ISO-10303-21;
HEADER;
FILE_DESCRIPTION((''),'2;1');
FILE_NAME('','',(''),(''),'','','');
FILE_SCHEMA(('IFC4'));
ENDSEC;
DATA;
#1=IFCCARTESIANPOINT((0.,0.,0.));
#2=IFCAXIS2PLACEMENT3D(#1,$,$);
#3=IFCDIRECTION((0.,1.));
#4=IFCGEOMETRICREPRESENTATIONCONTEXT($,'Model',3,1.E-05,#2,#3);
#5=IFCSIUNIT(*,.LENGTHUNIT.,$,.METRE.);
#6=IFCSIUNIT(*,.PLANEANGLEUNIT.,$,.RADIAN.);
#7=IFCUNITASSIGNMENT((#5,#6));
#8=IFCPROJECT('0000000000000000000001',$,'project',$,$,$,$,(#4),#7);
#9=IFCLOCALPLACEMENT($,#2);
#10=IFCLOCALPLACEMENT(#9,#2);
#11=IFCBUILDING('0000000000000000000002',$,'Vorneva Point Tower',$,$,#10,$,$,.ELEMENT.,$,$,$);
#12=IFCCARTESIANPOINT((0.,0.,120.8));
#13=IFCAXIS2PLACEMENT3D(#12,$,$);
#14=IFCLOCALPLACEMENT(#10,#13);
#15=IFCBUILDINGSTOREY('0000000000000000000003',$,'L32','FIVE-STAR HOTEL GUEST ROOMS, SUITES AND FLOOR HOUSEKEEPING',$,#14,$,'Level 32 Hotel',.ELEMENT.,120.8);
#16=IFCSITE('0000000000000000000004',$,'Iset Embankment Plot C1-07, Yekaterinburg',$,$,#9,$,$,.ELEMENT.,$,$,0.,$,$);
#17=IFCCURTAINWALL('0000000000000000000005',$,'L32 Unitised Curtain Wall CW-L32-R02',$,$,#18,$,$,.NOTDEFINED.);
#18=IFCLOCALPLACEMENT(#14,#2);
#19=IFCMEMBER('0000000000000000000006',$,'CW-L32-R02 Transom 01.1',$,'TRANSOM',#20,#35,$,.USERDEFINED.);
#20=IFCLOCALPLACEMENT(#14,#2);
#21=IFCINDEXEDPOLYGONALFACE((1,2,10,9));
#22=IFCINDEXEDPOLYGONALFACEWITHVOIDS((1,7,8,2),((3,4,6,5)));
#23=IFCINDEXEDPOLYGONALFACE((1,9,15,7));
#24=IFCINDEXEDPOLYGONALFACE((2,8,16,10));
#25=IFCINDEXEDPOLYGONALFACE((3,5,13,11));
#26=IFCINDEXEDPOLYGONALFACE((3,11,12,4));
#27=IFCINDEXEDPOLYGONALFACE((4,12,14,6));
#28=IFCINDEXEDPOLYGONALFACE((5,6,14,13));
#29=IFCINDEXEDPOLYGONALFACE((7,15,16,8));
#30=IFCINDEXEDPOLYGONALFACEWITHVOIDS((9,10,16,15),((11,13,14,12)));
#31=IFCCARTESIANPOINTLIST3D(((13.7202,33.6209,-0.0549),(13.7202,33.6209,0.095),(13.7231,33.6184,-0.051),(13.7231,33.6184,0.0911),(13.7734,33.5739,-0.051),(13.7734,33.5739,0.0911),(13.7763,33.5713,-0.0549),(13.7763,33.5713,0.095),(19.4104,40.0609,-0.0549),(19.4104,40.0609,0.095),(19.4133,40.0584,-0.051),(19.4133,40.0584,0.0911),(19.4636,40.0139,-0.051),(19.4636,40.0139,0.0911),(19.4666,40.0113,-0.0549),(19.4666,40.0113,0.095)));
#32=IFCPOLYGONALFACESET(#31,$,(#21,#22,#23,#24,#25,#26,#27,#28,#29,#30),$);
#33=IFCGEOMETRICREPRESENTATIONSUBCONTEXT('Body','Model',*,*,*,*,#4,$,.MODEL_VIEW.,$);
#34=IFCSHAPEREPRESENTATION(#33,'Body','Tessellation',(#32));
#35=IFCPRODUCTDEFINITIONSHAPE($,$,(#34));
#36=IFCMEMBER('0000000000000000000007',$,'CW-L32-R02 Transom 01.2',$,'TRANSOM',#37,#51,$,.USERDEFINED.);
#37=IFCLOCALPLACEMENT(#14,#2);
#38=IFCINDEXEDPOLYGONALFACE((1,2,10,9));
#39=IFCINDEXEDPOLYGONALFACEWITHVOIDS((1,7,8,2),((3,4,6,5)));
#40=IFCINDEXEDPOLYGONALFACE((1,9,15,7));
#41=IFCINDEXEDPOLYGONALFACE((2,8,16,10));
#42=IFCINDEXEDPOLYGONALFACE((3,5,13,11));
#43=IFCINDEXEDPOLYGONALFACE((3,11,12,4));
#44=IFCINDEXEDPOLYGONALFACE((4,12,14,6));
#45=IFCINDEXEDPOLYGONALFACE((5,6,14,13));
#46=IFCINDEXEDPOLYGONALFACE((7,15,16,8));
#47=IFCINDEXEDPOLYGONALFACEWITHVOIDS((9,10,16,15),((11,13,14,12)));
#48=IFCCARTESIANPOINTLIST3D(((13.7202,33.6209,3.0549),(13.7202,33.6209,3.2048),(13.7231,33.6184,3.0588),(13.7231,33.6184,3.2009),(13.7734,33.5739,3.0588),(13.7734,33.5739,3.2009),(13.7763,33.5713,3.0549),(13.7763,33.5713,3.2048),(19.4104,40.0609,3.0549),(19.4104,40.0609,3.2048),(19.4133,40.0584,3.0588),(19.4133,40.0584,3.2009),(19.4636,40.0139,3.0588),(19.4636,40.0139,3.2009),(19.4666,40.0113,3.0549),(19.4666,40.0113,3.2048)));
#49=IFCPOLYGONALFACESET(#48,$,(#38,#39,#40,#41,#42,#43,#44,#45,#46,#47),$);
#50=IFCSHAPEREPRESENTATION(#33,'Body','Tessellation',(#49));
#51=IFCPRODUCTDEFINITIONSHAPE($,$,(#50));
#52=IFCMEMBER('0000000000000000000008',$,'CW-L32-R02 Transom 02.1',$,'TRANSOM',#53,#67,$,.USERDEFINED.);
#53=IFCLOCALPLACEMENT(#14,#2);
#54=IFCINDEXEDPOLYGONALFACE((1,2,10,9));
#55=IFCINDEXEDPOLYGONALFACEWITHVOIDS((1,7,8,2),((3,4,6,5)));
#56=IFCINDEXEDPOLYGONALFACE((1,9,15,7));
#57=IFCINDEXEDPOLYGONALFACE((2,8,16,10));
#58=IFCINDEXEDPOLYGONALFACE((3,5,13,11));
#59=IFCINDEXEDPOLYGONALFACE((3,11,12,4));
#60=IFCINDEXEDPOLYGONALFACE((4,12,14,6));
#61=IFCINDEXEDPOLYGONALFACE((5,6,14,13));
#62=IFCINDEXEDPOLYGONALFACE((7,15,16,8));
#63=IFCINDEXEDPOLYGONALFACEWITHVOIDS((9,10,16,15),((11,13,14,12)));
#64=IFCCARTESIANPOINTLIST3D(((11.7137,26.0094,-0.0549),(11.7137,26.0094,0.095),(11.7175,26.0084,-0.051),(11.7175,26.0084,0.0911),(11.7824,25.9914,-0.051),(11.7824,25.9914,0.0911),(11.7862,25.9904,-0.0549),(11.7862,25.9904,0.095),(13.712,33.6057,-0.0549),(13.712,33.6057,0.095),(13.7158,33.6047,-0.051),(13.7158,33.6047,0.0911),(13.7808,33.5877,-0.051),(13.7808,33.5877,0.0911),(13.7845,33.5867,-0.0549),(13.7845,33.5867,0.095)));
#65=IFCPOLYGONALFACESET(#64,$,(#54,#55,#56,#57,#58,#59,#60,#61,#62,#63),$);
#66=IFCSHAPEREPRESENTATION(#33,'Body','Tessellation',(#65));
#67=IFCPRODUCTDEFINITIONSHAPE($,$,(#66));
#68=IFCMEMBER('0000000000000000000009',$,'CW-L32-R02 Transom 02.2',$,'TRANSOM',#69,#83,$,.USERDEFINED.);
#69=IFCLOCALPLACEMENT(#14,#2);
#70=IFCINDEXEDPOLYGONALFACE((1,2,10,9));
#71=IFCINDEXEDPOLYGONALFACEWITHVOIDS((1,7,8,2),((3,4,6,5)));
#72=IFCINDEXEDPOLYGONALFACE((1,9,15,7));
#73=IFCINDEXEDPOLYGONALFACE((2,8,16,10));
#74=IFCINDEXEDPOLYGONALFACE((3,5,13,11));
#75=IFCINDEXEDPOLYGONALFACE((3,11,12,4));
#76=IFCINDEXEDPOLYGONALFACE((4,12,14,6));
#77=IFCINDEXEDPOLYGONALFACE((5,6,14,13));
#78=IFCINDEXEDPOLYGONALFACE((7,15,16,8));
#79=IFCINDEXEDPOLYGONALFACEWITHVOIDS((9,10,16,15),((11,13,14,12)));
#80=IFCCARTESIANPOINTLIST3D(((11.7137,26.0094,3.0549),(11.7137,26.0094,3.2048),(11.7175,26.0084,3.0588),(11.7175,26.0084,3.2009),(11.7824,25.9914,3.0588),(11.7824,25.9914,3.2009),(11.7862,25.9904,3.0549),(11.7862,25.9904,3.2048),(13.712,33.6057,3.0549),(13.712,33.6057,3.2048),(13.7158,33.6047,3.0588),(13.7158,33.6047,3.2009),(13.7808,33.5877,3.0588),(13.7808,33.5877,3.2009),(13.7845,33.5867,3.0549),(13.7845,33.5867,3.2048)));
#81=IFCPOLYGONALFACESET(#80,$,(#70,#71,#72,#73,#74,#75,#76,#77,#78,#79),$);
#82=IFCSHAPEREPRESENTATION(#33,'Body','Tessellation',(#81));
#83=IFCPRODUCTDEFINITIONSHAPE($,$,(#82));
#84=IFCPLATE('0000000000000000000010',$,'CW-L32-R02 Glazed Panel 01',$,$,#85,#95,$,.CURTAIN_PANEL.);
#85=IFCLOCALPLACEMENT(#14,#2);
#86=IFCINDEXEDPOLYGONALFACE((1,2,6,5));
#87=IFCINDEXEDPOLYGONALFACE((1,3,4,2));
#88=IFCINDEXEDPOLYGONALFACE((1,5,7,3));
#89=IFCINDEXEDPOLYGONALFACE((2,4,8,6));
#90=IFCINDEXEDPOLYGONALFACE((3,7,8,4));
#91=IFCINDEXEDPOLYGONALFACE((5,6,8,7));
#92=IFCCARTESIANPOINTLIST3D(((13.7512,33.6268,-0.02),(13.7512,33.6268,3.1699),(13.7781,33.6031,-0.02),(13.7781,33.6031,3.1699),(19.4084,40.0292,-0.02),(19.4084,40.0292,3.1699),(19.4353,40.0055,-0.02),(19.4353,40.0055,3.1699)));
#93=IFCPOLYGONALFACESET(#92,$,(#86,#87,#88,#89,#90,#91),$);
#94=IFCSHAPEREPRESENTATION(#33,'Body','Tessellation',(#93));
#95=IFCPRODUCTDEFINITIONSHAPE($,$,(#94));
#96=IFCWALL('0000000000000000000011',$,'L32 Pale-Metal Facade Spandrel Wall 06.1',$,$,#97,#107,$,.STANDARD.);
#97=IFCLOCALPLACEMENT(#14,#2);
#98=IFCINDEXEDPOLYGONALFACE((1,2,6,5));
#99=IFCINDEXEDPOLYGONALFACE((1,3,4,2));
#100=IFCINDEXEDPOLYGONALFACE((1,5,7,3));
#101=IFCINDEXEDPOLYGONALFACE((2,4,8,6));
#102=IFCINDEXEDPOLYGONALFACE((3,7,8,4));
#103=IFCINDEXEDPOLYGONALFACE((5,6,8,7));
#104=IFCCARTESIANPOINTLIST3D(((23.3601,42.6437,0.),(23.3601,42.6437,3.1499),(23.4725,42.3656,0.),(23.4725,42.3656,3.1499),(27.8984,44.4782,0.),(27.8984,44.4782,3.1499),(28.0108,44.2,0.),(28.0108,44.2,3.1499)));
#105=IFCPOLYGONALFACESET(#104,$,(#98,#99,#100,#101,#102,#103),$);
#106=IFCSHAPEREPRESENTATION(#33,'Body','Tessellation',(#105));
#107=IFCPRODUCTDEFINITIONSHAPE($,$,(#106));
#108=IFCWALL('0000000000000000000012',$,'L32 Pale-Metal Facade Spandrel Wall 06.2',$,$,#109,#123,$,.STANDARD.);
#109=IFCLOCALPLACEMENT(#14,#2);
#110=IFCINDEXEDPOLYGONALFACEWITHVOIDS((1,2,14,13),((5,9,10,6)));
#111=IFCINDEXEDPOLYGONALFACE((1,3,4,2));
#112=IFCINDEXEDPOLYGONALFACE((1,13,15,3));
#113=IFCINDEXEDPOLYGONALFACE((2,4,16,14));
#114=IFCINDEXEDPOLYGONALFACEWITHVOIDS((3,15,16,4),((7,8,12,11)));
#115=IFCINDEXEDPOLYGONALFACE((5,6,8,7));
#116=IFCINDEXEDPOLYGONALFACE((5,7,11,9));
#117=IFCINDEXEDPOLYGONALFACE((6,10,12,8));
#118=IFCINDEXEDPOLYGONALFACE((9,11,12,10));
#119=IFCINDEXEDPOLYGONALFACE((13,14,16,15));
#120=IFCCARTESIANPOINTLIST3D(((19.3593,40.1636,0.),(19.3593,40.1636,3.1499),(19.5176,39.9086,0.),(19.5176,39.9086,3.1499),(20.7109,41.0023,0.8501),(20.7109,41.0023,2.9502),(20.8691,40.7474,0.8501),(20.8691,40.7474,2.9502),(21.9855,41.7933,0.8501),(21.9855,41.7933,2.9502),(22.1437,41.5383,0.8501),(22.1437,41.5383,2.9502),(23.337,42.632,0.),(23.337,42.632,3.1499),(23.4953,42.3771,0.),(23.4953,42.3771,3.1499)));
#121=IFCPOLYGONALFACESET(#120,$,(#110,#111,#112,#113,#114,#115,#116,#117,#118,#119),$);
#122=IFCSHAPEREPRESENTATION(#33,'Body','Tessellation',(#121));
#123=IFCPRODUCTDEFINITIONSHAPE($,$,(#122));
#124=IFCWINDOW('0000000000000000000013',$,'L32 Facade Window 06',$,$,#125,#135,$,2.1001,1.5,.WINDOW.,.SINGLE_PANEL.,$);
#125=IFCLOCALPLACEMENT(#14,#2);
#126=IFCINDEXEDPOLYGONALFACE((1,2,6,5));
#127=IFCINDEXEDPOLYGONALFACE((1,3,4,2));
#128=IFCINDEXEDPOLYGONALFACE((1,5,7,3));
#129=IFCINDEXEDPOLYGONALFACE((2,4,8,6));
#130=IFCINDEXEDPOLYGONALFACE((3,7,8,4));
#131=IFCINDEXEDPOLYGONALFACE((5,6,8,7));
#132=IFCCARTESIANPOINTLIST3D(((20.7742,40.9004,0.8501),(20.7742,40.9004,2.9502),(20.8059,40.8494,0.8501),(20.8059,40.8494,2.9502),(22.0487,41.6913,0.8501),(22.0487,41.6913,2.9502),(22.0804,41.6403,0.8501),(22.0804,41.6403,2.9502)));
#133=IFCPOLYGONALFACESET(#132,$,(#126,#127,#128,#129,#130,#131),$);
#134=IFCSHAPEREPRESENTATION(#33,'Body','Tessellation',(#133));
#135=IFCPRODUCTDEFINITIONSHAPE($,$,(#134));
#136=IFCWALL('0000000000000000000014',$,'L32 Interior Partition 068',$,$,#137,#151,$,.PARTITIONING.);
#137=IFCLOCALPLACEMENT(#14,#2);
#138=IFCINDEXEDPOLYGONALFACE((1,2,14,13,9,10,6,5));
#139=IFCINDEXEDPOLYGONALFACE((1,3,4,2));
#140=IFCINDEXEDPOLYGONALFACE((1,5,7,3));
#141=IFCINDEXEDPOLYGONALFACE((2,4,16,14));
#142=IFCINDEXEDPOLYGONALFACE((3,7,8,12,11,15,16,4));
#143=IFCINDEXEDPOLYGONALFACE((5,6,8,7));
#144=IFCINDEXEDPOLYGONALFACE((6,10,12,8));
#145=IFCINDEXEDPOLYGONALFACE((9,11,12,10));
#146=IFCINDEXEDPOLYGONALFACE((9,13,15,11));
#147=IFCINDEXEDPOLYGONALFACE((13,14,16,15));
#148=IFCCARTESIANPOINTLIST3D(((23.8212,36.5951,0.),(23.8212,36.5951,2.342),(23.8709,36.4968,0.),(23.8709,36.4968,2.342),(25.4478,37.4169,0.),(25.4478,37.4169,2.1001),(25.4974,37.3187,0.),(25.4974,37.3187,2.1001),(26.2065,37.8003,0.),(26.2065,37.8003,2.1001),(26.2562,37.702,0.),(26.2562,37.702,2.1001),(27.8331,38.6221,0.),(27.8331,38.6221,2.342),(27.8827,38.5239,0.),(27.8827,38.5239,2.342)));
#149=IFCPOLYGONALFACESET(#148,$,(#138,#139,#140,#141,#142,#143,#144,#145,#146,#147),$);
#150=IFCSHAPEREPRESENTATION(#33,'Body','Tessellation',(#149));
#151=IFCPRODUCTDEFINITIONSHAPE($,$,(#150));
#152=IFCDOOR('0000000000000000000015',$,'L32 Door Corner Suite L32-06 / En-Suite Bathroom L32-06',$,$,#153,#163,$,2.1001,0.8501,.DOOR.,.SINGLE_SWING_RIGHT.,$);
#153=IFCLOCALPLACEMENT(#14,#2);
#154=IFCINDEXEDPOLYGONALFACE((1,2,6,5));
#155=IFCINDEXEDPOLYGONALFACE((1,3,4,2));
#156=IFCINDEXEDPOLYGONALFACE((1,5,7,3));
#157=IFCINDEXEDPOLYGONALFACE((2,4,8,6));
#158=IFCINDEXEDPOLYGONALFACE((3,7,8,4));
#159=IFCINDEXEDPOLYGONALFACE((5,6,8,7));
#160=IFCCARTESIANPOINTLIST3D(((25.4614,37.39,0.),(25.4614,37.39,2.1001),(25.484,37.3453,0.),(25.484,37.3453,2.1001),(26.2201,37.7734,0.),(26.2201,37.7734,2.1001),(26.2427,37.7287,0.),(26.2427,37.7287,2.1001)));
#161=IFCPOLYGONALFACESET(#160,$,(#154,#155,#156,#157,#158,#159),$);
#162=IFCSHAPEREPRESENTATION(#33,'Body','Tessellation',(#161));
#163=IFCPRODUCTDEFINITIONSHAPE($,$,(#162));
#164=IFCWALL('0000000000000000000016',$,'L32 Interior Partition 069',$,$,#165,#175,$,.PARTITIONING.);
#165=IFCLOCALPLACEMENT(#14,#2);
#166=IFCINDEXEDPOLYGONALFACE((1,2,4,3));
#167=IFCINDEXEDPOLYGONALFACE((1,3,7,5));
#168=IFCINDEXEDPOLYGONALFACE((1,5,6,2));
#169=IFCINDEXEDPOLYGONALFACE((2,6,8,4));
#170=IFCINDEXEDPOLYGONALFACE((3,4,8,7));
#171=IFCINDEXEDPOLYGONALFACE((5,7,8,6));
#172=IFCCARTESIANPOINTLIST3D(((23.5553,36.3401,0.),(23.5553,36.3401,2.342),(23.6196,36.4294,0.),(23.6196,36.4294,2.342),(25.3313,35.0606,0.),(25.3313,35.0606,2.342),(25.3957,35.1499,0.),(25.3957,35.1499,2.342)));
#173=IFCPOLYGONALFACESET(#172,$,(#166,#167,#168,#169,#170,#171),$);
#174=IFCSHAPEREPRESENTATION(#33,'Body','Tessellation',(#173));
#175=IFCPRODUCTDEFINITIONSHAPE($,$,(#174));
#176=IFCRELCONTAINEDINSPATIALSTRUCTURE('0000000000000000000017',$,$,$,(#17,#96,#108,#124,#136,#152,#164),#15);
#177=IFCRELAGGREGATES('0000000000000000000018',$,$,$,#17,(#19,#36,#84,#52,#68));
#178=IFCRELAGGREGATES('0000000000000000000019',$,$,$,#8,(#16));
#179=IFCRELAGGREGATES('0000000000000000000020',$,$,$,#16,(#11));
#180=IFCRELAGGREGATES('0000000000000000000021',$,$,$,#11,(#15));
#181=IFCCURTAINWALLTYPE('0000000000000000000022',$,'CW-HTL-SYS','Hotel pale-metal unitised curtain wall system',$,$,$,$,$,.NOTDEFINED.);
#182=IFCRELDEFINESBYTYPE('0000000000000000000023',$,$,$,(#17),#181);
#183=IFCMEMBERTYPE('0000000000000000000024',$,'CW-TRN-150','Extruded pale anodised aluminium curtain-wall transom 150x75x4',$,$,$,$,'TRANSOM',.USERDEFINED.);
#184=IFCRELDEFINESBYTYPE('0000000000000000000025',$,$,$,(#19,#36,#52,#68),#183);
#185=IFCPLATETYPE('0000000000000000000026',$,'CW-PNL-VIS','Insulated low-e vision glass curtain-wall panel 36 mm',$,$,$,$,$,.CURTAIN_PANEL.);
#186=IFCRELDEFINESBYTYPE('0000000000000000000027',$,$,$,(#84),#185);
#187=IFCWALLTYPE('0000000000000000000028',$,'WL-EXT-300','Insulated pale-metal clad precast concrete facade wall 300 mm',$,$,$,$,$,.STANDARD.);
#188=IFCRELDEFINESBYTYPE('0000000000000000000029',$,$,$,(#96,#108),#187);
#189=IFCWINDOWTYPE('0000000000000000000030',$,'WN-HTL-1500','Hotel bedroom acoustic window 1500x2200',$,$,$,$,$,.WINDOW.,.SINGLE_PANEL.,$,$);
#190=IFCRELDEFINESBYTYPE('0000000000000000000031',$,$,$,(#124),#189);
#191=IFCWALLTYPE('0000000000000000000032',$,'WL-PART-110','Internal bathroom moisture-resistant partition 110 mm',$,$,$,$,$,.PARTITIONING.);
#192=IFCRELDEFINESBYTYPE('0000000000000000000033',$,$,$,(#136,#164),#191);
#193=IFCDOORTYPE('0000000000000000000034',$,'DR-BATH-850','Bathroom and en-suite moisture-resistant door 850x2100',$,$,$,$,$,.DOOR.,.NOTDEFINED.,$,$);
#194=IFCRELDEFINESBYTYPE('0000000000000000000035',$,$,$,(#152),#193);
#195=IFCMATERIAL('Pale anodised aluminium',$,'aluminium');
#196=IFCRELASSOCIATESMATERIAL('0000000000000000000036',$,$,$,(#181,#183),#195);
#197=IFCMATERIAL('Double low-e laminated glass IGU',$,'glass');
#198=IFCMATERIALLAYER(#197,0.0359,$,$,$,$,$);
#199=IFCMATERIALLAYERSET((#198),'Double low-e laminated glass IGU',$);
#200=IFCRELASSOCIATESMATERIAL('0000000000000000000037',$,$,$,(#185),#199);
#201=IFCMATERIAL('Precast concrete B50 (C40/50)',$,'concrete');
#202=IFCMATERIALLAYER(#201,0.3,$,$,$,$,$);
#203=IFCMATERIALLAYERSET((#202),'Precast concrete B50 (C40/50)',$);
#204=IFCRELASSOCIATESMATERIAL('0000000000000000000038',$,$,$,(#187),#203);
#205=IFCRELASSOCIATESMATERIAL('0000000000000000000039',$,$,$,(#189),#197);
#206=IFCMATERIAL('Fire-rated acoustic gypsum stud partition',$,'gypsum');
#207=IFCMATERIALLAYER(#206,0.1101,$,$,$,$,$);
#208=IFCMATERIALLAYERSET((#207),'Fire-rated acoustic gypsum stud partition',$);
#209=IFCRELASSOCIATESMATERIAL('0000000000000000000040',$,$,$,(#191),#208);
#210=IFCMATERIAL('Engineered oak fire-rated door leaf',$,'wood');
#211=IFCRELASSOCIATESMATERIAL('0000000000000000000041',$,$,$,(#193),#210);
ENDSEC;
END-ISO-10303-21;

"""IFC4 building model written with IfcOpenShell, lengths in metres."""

from ifc_helpers import new_model, si_unit, direction, frame, frame_2d, origin, origin_2d, place, context, subcontext, project, spatial, rectangle, hollow_rectangle, extrude, material, layer, layer_set, material_profile, profile_set, type_object, element, fill, aggregate, save


model = new_model("IFC4")

# Units and contexts
model_context = context("Model", 3, precision=1e-05, world=origin(), true_north=direction((0.0, 1.0)))
body_context = subcontext(model_context, "Body", "Model", "MODEL_VIEW")
ifc_project = project(units=[si_unit("LENGTHUNIT", "METRE"), si_unit("PLANEANGLEUNIT", "RADIAN")], contexts=[model_context])

# Site, building, storey
site_placement = place(None, origin())
site = spatial("IfcSite", under=ifc_project, at=site_placement, Name="Iset Embankment Plot C1-07, Yekaterinburg", CompositionType="ELEMENT", RefElevation=0.0)
building_placement = place(site_placement, origin())
building = spatial("IfcBuilding", under=site, at=building_placement, Name="Vorneva Point Tower", CompositionType="ELEMENT")
storey_placement = place(building_placement, frame((0.0, 0.0, 120.8)))
storey = spatial("IfcBuildingStorey", under=building, at=storey_placement, Name="L32", Description="FIVE-STAR HOTEL GUEST ROOMS, SUITES AND FLOOR HOUSEKEEPING", LongName="Level 32 Hotel", CompositionType="ELEMENT", Elevation=120.8)

# Shared definitions
ifc_material_1 = material(Name="Pale anodised aluminium", Category="aluminium")
curtain_wall_type = type_object("IfcCurtainWallType", Name="CW-HTL-SYS", Description="Hotel pale-metal unitised curtain wall system", PredefinedType="NOTDEFINED", material=ifc_material_1)

# Curtain wall, members, plate
curtain_wall_1_placement = place(storey_placement, origin())
curtain_wall_1 = element("IfcCurtainWall", 1, at=curtain_wall_1_placement, inside=storey, type_object=curtain_wall_type, Name="L32 Unitised Curtain Wall CW-L32-R02", PredefinedType="NOTDEFINED")
ifc_material_profile_1 = material_profile(ifc_material_1, hollow_rectangle(XDim=0.075, YDim=0.1499, WallThickness=0.0039, at=origin_2d()), Name="AL-TRN 150x75x4")
ifc_profile_set_1 = profile_set([ifc_material_profile_1], Name="Pale anodised aluminium")
member_type_1 = type_object("IfcMemberType", Name="CW-TRN-150", Description="Extruded pale anodised aluminium curtain-wall transom 150x75x4", ElementType="TRANSOM", PredefinedType="USERDEFINED", material=ifc_profile_set_1)
member_1_placement = place(storey_placement, frame((19.4385, 40.0361, 0.02), z_axis=(-0.662137, -0.749383, 0.0), x_axis=(0.749383, -0.662137, 0.0)))
member_1 = element("IfcMember", 2, at=member_1_placement, type_object=member_type_1, Name="CW-L32-R02 Transom 01.1", ObjectType="TRANSOM", PredefinedType="USERDEFINED", context=body_context, shape_type="SweptSolid", body=[
    extrude(hollow_rectangle(XDim=0.075, YDim=0.1499, WallThickness=0.0039, at=origin_2d()), origin(), (0.0, 0.0, 1.0), 8.5938),
])
member_2_placement = place(storey_placement, frame((19.4385, 40.0361, 3.1299), z_axis=(-0.662137, -0.749383, 0.0), x_axis=(0.749383, -0.662137, 0.0)))
member_2 = element("IfcMember", 3, at=member_2_placement, type_object=member_type_1, Name="CW-L32-R02 Transom 01.2", ObjectType="TRANSOM", PredefinedType="USERDEFINED", context=body_context, shape_type="SweptSolid", body=[
    extrude(hollow_rectangle(XDim=0.075, YDim=0.1499, WallThickness=0.0039, at=origin_2d()), origin(), (0.0, 0.0, 1.0), 8.5938),
])
member_3_placement = place(storey_placement, frame((13.7483, 33.5962, 0.02), z_axis=(-0.254409, -0.967097, 0.0), x_axis=(0.967097, -0.254409, 0.0)))
member_3 = element("IfcMember", 4, at=member_3_placement, type_object=member_type_1, Name="CW-L32-R02 Transom 02.1", ObjectType="TRANSOM", PredefinedType="USERDEFINED", context=body_context, shape_type="SweptSolid", body=[
    extrude(hollow_rectangle(XDim=0.075, YDim=0.1499, WallThickness=0.0039, at=origin_2d()), origin(), (0.0, 0.0, 1.0), 7.8547),
])
member_4_placement = place(storey_placement, frame((13.7483, 33.5962, 3.1299), z_axis=(-0.254409, -0.967097, 0.0), x_axis=(0.967097, -0.254409, 0.0)))
member_4 = element("IfcMember", 5, at=member_4_placement, type_object=member_type_1, Name="CW-L32-R02 Transom 02.2", ObjectType="TRANSOM", PredefinedType="USERDEFINED", context=body_context, shape_type="SweptSolid", body=[
    extrude(hollow_rectangle(XDim=0.075, YDim=0.1499, WallThickness=0.0039, at=origin_2d()), origin(), (0.0, 0.0, 1.0), 7.8547),
])
ifc_material_2 = material(Name="Double low-e laminated glass IGU", Category="glass")
ifc_layer_1 = layer(ifc_material_2, 0.0359)
ifc_layer_set_1 = layer_set([ifc_layer_1], Name="Double low-e laminated glass IGU")
plate_type = type_object("IfcPlateType", Name="CW-PNL-VIS", Description="Insulated low-e vision glass curtain-wall panel 36 mm", PredefinedType="CURTAIN_PANEL", material=ifc_layer_set_1)
plate_placement = place(storey_placement, frame((16.5933, 36.8162, -0.02), z_axis=(0.0, 0.0, 1.0), x_axis=(-0.662149, -0.749372, 0.0)))
plate = element("IfcPlate", 6, at=plate_placement, type_object=plate_type, Name="CW-L32-R02 Glazed Panel 01", PredefinedType="CURTAIN_PANEL", context=body_context, shape_type="SweptSolid", body=[
    extrude(rectangle(XDim=8.5437, YDim=0.0359, at=origin_2d()), origin(), (0.0, 0.0, 1.0), 3.1899),
])
aggregate(curtain_wall_1, [member_1, member_2, plate, member_3, member_4])

# Wall
ifc_material_3 = material(Name="Precast concrete B50 (C40/50)", Category="concrete")
ifc_layer_2 = layer(ifc_material_3, 0.3)
ifc_layer_set_2 = layer_set([ifc_layer_2], Name="Precast concrete B50 (C40/50)")
wall_type_1 = type_object("IfcWallType", Name="WL-EXT-300", Description="Insulated pale-metal clad precast concrete facade wall 300 mm", PredefinedType="STANDARD", material=ifc_layer_set_2)
wall_1_placement = place(storey_placement, frame((27.9546, 44.3391, 0.0), z_axis=(0.0, 0.0, 1.0), x_axis=(-0.927122, -0.374759, 0.0)))
element("IfcWall", 7, at=wall_1_placement, inside=storey, type_object=wall_type_1, Name="L32 Pale-Metal Facade Spandrel Wall 06.1", PredefinedType="STANDARD", context=body_context, shape_type="SweptSolid", body=[
    extrude(rectangle(XDim=4.895, YDim=0.3, at=frame_2d((2.4475, 0.0))), origin(), (0.0, 0.0, 1.0), 3.1499),
])

# Wall, opening, window
wall_2_placement = place(storey_placement, frame((23.4163, 42.5046, 0.0), z_axis=(0.0, 0.0, 1.0), x_axis=(-0.849684, -0.527291, 0.0)))
wall_2 = element("IfcWall", 8, at=wall_2_placement, inside=storey, type_object=wall_type_1, Name="L32 Pale-Metal Facade Spandrel Wall 06.2", PredefinedType="STANDARD", context=body_context, shape_type="SweptSolid", body=[
    extrude(rectangle(XDim=4.6814, YDim=0.3, at=frame_2d((2.3408, 0.0))), origin(), (0.0, 0.0, 1.0), 3.1499),
])
opening_1_placement = place(wall_2_placement, frame((1.5908, 0.0, 0.8501)))
opening_1 = element("IfcOpeningElement", 9, at=opening_1_placement, cuts=wall_2, PredefinedType="OPENING", context=body_context, shape_type="SweptSolid", body=[
    extrude(rectangle(XDim=1.5, YDim=2.1001, at=frame_2d((0.75, 1.05))), frame((0.0, 0.165, 0.0), z_axis=(0.0, -1.0, 0.0), x_axis=(1.0, 0.0, 0.0)), (0.0, 0.0, 1.0), 0.3298),
])
window_type = type_object("IfcWindowType", Name="WN-HTL-1500", Description="Hotel bedroom acoustic window 1500x2200", PartitioningType="SINGLE_PANEL", PredefinedType="WINDOW", material=ifc_material_2)
window_placement = place(opening_1_placement, origin())
window = element("IfcWindow", 10, at=window_placement, inside=storey, type_object=window_type, Name="L32 Facade Window 06", OverallHeight=2.1001, OverallWidth=1.5, PartitioningType="SINGLE_PANEL", PredefinedType="WINDOW", context=body_context, shape_type="SweptSolid", body=[
    extrude(rectangle(XDim=1.5, YDim=2.1001, at=frame_2d((0.75, 1.05))), frame((0.0, 0.03, 0.0), z_axis=(0.0, -1.0, 0.0), x_axis=(1.0, 0.0, 0.0)), (0.0, 0.0, 1.0), 0.0601),
])
fill(opening_1, window)

# Wall, opening, door
ifc_material_4 = material(Name="Fire-rated acoustic gypsum stud partition", Category="gypsum")
ifc_layer_3 = layer(ifc_material_4, 0.1101)
ifc_layer_set_3 = layer_set([ifc_layer_3], Name="Fire-rated acoustic gypsum stud partition")
wall_type_2 = type_object("IfcWallType", Name="WL-PART-110", Description="Internal bathroom moisture-resistant partition 110 mm", PredefinedType="PARTITIONING", material=ifc_layer_set_3)
wall_3_placement = place(storey_placement, frame((23.8459, 36.5459, 0.0), z_axis=(0.0, 0.0, 1.0), x_axis=(0.89254, 0.450968, 0.0)))
wall_3 = element("IfcWall", 11, at=wall_3_placement, inside=storey, type_object=wall_type_2, Name="L32 Interior Partition 068", PredefinedType="PARTITIONING", context=body_context, shape_type="SweptSolid", body=[
    extrude(rectangle(XDim=4.4949, YDim=0.1101, at=frame_2d((2.2476, 0.0))), origin(), (0.0, 0.0, 1.0), 2.342),
])
opening_2_placement = place(wall_3_placement, frame((1.8225, 0.0, 0.0)))
opening_2 = element("IfcOpeningElement", 12, at=opening_2_placement, cuts=wall_3, PredefinedType="OPENING", context=body_context, shape_type="SweptSolid", body=[
    extrude(rectangle(XDim=0.8501, YDim=2.1001, at=frame_2d((0.425, 1.05))), frame((0.0, 0.0698, 0.0), z_axis=(0.0, -1.0, 0.0), x_axis=(1.0, 0.0, 0.0)), (0.0, 0.0, 1.0), 0.1399),
])
ifc_material_5 = material(Name="Engineered oak fire-rated door leaf", Category="wood")
door_type_1 = type_object("IfcDoorType", Name="DR-BATH-850", Description="Bathroom and en-suite moisture-resistant door 850x2100", OperationType="NOTDEFINED", PredefinedType="DOOR", material=ifc_material_5)
door_1_placement = place(opening_2_placement, origin())
door_1 = element("IfcDoor", 13, at=door_1_placement, inside=storey, type_object=door_type_1, Name="L32 Door Corner Suite L32-06 / En-Suite Bathroom L32-06", OperationType="SINGLE_SWING_RIGHT", OverallHeight=2.1001, OverallWidth=0.8501, PredefinedType="DOOR", context=body_context, shape_type="SweptSolid", body=[
    extrude(rectangle(XDim=0.8501, YDim=2.1001, at=frame_2d((0.425, 1.05))), frame((0.0, 0.0249, 0.0), z_axis=(0.0, -1.0, 0.0), x_axis=(1.0, 0.0, 0.0)), (0.0, 0.0, 1.0), 0.05),
])
fill(opening_2, door_1)

# Wall
wall_4_placement = place(storey_placement, frame((25.3635, 35.1052, 0.0), z_axis=(0.0, 0.0, 1.0), x_axis=(-0.811376, 0.584525, 0.0)))
element("IfcWall", 14, at=wall_4_placement, inside=storey, type_object=wall_type_2, Name="L32 Interior Partition 069", PredefinedType="PARTITIONING", context=body_context, shape_type="SweptSolid", body=[
    extrude(rectangle(XDim=2.189, YDim=0.1101, at=frame_2d((1.0945, 0.0))), origin(), (0.0, 0.0, 1.0), 2.342),
])

save(model, "model.ifc")
